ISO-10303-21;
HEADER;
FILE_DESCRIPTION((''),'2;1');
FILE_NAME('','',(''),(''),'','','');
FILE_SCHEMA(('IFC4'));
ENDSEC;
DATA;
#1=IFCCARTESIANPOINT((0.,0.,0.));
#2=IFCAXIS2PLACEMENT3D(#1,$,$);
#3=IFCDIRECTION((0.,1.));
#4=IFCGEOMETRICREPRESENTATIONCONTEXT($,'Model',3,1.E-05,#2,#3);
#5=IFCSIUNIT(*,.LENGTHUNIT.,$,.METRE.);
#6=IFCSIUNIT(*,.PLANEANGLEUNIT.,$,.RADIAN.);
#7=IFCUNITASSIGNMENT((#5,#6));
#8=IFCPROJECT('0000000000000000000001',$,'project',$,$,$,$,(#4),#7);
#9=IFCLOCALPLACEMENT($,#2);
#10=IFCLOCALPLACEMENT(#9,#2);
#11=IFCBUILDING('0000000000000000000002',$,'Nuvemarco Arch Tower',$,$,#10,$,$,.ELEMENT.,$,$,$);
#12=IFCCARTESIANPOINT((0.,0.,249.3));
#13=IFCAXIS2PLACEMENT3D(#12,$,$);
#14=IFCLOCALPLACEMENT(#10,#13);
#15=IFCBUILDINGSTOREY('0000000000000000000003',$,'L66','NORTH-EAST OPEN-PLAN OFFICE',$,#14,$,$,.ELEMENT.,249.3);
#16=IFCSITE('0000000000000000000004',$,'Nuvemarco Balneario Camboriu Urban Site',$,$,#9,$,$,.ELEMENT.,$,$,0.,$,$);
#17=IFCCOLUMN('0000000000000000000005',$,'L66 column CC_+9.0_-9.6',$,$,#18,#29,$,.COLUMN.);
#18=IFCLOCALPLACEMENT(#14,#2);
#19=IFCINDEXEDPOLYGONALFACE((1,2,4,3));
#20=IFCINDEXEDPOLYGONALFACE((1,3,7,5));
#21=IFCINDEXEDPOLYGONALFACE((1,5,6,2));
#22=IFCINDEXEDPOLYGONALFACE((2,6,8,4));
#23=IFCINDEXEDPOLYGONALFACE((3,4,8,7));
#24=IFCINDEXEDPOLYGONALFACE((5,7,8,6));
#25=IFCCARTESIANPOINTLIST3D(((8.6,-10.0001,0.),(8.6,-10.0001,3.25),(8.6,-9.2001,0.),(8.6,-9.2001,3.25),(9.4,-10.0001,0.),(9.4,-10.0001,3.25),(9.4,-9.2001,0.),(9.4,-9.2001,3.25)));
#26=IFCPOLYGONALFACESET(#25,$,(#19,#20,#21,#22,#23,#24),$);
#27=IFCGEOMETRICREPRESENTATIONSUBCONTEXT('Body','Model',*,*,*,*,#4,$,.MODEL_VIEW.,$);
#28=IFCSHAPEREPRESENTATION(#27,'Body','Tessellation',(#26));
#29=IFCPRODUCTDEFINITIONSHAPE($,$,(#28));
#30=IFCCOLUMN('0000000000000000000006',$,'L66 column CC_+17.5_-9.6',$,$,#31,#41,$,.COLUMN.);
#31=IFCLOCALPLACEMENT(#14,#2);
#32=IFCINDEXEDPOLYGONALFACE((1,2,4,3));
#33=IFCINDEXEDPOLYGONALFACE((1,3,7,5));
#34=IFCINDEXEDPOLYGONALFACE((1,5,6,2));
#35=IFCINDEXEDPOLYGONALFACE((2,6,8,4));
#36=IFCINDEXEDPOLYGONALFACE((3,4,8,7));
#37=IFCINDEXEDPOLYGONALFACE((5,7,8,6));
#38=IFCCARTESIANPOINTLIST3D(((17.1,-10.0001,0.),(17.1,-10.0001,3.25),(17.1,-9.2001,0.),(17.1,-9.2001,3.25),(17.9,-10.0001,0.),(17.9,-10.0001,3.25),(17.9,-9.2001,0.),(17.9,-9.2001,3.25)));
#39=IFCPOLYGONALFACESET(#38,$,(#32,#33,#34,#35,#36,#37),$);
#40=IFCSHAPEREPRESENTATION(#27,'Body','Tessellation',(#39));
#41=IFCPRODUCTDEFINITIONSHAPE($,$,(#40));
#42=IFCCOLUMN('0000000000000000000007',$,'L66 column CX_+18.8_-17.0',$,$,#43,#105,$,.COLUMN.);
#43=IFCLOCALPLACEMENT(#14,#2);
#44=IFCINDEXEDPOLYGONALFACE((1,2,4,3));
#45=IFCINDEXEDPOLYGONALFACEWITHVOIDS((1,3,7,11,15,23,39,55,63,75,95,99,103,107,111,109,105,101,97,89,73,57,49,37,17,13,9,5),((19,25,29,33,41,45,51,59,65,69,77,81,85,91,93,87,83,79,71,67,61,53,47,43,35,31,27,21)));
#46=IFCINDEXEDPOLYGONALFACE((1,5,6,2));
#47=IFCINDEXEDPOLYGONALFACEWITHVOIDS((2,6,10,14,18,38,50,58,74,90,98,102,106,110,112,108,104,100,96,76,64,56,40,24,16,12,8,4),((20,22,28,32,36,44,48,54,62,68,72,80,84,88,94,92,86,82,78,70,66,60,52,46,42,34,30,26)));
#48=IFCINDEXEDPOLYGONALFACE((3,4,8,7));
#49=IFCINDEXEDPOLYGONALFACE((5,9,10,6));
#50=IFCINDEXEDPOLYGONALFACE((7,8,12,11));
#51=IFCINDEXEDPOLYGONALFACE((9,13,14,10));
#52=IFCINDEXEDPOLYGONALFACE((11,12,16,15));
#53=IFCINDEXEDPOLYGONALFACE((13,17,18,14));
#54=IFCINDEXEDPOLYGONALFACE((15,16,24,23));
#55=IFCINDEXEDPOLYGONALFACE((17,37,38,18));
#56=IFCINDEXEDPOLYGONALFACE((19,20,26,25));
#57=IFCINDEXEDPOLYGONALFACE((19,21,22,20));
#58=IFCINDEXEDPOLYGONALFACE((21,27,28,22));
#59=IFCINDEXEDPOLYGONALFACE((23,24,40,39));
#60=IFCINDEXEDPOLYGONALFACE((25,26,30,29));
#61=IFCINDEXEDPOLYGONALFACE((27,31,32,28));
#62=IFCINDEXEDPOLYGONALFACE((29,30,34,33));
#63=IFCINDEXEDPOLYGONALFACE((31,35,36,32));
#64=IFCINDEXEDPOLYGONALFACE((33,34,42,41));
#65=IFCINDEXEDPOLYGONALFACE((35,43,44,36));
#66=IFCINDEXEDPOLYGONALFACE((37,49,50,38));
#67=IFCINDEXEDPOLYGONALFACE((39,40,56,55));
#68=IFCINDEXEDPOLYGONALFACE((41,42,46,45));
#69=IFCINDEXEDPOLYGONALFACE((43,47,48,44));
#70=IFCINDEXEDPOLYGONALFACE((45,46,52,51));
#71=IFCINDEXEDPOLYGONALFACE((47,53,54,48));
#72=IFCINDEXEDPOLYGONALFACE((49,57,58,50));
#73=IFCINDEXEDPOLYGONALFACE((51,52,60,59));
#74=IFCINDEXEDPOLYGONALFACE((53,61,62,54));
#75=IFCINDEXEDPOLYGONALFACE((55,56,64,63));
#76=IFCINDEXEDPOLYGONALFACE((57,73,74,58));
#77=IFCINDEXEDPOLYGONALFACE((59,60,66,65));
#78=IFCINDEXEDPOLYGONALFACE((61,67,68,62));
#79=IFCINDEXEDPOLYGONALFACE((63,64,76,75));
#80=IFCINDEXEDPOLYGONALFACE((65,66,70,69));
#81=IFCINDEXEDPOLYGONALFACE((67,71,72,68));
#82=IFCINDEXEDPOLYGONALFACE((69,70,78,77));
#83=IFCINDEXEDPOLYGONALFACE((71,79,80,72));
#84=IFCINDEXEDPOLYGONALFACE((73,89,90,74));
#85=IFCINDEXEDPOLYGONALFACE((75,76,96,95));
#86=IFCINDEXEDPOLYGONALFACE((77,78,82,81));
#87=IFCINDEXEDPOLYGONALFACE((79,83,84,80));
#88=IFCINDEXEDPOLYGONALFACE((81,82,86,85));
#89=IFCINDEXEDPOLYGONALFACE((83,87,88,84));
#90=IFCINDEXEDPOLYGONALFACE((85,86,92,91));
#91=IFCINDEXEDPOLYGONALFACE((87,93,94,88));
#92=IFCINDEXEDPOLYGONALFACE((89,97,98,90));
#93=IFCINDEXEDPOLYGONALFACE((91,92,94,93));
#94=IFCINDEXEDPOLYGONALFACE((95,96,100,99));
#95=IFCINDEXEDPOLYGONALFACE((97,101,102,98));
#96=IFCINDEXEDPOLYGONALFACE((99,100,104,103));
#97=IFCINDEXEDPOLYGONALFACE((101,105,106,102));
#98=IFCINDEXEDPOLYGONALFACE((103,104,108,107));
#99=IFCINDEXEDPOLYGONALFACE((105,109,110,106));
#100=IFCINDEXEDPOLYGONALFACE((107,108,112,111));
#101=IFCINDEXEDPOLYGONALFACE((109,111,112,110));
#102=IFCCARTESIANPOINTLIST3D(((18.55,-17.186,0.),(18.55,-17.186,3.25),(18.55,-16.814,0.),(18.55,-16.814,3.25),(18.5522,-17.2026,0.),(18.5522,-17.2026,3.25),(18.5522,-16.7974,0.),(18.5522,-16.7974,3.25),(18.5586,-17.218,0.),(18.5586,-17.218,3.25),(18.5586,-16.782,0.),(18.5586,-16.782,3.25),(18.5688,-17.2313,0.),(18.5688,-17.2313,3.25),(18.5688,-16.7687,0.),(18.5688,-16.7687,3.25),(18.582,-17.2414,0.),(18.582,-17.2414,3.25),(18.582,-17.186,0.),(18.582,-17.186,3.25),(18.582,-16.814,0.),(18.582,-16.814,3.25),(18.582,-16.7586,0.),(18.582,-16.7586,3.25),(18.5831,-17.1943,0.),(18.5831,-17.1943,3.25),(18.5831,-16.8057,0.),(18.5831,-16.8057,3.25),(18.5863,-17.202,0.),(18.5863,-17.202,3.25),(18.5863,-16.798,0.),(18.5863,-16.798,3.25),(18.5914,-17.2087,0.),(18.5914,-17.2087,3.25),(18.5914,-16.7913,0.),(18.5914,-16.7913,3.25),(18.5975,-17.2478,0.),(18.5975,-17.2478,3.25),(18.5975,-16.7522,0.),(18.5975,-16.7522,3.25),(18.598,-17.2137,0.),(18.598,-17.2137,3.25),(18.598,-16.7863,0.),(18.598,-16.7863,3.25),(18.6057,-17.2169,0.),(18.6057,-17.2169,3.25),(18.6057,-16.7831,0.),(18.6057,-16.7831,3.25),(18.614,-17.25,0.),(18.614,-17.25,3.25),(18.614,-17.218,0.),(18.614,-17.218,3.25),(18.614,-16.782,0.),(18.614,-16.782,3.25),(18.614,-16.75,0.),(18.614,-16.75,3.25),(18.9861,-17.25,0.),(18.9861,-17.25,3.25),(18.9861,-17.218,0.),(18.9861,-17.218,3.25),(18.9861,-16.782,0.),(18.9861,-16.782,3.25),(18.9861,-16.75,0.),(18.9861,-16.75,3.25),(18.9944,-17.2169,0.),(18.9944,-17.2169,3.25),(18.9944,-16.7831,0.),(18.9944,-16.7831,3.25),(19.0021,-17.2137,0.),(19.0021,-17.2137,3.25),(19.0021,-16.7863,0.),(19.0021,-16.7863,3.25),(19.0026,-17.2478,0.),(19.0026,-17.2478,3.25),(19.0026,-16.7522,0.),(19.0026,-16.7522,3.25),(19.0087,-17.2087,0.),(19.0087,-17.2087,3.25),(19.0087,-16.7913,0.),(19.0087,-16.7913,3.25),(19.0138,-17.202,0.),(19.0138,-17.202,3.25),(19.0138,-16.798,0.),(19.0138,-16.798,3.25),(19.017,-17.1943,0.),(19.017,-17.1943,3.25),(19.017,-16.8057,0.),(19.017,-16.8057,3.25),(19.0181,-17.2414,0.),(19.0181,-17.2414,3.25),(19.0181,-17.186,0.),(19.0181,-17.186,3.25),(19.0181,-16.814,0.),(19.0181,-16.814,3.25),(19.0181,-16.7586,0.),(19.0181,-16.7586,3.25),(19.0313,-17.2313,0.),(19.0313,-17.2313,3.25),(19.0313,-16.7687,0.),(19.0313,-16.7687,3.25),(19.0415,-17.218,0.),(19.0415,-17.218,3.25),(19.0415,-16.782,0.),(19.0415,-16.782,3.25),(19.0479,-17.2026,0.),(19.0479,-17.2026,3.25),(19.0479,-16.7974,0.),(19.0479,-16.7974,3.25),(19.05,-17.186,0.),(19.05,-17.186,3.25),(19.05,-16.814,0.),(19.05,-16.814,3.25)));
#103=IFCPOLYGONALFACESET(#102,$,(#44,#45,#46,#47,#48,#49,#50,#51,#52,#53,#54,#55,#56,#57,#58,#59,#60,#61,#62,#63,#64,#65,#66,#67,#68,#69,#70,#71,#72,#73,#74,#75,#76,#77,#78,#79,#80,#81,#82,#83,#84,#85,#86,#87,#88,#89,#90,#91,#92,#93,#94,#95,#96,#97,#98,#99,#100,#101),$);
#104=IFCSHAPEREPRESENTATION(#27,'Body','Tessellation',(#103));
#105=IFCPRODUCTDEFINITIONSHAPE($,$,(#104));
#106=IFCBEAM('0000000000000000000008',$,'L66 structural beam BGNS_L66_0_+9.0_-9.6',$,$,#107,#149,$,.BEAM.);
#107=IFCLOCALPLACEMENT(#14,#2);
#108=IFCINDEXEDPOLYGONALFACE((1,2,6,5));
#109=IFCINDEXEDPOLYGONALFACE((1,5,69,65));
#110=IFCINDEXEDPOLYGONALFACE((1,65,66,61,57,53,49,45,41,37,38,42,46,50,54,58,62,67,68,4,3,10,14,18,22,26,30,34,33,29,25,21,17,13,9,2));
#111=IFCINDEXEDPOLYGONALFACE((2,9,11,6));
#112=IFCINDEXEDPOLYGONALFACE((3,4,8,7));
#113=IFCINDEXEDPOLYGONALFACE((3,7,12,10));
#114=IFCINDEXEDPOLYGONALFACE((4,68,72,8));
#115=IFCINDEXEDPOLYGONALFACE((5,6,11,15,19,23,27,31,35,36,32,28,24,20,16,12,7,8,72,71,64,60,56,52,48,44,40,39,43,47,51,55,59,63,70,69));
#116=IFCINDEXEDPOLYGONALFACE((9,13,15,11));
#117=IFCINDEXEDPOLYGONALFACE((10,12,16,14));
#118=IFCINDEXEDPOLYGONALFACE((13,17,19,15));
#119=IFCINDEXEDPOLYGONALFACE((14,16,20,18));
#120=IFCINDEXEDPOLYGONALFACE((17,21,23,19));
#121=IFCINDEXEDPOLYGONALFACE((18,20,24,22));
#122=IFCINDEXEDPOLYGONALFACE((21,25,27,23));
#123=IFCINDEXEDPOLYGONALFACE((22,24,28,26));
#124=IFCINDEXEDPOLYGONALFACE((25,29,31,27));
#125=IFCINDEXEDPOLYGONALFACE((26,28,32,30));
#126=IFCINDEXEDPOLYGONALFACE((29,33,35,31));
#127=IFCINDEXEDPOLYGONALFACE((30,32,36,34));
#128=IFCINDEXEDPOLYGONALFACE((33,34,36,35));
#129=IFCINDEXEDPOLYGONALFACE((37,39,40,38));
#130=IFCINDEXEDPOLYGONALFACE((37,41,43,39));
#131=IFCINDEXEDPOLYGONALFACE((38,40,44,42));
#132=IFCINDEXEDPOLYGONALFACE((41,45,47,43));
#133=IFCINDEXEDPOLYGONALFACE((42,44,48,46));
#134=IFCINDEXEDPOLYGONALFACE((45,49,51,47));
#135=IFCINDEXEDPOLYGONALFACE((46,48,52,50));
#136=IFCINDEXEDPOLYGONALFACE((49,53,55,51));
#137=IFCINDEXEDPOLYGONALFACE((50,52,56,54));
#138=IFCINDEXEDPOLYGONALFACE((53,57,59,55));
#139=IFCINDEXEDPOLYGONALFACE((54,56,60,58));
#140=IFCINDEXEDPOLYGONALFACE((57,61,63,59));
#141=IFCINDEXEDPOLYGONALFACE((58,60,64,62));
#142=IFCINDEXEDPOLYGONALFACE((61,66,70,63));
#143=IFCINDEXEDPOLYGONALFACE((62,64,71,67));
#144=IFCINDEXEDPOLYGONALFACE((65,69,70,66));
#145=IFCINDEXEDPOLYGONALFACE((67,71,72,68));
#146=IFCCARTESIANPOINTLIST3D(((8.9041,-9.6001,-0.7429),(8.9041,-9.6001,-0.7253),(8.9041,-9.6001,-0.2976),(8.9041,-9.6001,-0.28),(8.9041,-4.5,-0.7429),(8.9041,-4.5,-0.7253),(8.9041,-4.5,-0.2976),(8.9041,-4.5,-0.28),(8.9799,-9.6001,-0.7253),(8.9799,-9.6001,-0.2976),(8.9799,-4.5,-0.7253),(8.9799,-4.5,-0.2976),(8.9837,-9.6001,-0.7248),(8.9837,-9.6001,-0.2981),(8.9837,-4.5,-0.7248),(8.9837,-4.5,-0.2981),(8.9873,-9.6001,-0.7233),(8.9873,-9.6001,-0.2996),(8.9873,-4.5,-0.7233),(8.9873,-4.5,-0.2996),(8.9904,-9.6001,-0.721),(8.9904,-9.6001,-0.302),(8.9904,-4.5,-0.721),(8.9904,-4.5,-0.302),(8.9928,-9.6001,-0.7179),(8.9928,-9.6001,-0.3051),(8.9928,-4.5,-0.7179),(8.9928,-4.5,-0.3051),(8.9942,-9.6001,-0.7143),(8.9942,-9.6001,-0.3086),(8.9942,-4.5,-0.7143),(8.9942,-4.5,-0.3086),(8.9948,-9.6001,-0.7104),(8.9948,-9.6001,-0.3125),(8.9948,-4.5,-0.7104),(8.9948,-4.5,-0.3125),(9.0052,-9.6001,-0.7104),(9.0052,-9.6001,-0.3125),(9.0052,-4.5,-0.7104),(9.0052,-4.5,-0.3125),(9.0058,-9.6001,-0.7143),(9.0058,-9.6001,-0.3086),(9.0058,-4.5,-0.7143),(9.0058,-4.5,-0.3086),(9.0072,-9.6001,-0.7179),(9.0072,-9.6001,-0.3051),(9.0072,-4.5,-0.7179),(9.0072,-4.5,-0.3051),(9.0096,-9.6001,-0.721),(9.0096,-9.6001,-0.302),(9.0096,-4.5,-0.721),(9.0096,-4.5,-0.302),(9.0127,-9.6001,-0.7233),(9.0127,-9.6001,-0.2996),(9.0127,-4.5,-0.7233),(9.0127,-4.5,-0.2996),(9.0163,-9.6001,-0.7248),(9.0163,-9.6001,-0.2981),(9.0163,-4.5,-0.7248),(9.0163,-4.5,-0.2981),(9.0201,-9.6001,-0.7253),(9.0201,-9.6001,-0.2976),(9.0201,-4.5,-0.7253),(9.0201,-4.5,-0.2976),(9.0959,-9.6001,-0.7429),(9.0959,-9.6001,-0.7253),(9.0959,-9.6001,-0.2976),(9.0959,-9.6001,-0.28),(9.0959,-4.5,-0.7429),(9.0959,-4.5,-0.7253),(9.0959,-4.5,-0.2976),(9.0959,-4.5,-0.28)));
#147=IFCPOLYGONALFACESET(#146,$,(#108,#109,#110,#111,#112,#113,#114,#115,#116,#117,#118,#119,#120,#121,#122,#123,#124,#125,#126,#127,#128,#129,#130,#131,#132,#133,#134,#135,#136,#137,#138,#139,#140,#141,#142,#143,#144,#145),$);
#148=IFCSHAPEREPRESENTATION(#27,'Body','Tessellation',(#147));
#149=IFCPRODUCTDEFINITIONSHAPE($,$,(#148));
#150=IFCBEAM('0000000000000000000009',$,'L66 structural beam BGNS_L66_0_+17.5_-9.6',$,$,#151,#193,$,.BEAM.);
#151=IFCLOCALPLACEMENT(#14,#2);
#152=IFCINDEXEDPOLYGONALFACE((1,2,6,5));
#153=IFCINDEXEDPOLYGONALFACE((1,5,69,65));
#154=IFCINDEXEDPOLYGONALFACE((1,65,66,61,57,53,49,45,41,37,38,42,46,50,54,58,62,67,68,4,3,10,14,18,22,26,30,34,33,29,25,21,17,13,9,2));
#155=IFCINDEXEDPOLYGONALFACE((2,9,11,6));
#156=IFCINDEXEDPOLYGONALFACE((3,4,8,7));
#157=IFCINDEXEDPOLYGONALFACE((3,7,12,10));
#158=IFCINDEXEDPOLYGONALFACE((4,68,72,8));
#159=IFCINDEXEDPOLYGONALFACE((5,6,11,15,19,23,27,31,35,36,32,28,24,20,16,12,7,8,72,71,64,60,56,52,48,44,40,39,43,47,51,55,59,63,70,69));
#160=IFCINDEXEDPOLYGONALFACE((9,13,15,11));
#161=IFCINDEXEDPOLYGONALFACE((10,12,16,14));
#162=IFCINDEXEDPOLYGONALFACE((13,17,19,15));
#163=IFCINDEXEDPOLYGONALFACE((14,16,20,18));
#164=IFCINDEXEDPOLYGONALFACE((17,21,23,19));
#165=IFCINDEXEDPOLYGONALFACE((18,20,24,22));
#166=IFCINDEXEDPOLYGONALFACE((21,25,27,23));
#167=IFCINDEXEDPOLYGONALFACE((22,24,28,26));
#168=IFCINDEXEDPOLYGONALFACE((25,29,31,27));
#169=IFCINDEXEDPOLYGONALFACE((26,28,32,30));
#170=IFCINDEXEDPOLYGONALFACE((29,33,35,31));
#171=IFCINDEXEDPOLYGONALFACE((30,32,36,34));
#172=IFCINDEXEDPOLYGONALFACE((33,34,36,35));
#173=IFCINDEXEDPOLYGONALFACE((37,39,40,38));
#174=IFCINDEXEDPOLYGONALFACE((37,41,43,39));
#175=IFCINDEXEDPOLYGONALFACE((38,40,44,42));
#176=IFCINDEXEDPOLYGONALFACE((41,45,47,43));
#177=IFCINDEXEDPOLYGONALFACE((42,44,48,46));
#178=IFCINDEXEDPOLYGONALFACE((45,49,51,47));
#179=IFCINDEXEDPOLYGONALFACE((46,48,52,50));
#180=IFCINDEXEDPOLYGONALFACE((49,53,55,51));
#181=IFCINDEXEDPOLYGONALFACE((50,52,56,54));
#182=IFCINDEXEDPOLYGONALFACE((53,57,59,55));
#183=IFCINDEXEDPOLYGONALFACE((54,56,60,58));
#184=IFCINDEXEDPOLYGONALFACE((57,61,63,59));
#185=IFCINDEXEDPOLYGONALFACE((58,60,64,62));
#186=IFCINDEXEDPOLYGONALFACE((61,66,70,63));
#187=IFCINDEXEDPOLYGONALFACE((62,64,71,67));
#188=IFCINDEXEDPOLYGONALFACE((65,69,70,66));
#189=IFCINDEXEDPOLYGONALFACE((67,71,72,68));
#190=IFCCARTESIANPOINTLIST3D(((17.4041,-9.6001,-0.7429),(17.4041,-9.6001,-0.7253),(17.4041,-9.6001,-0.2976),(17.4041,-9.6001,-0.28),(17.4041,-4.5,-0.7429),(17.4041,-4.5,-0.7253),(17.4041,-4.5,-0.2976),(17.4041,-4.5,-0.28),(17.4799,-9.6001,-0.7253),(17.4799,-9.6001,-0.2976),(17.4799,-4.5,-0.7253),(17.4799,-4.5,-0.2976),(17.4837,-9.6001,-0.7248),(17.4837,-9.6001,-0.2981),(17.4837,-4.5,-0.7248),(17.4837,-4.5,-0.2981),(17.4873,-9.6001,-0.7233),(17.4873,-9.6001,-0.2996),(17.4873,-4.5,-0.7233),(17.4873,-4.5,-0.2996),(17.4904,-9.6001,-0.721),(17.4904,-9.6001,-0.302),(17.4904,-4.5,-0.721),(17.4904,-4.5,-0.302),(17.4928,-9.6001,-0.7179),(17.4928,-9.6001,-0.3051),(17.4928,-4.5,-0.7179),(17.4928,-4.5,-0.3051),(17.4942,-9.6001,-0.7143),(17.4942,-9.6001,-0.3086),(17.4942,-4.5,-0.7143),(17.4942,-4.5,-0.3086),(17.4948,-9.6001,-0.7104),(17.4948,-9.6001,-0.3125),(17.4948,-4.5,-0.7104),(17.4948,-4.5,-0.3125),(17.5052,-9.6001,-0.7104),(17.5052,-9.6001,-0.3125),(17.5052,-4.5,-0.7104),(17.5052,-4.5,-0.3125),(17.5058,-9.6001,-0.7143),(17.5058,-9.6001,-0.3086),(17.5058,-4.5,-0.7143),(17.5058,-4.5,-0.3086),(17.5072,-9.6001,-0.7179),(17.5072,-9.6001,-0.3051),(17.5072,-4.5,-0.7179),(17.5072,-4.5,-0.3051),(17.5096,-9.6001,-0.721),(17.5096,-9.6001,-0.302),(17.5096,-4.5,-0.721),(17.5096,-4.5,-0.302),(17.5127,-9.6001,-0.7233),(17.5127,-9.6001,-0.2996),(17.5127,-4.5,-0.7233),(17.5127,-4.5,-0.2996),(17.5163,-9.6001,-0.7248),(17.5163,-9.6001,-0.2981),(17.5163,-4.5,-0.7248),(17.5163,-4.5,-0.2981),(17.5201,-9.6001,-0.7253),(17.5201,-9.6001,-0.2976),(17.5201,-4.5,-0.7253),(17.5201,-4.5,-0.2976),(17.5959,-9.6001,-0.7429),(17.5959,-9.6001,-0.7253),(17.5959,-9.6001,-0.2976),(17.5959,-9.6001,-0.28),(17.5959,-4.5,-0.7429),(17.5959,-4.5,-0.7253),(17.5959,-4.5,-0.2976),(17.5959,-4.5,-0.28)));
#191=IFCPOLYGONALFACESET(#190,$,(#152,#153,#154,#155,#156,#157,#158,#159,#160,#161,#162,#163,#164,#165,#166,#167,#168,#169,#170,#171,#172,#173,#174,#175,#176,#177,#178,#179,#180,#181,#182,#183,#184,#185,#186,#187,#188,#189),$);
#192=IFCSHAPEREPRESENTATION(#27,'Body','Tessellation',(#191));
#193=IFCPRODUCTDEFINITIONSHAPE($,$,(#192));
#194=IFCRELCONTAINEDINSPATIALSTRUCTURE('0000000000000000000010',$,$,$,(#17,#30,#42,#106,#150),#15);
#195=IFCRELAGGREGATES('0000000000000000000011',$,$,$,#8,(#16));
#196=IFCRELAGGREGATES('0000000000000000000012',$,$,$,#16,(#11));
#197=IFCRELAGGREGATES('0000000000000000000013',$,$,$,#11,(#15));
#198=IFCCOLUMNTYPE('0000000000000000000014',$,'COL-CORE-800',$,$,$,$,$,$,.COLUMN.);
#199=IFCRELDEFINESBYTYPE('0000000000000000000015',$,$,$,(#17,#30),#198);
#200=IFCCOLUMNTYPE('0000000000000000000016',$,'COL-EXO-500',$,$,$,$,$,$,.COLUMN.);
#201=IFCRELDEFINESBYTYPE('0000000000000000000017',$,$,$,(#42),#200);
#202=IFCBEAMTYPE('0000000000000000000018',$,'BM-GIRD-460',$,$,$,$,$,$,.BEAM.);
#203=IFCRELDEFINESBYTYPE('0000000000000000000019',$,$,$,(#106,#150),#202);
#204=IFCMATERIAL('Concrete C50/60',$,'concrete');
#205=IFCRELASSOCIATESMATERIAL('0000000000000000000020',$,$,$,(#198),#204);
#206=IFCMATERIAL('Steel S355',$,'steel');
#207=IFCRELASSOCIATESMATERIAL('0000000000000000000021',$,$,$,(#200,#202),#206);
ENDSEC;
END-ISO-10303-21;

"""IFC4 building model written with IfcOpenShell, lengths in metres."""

from ifc_helpers import new_model, si_unit, direction, frame, origin, origin_2d, place, context, subcontext, project, spatial, rectangle, hollow_rectangle, i_section, extrude, material, material_profile, profile_set, type_object, element, save


model = new_model("IFC4")

# Units and contexts
model_context = context("Model", 3, precision=1e-05, world=origin(), true_north=direction((0.0, 1.0)))
body_context = subcontext(model_context, "Body", "Model", "MODEL_VIEW")
ifc_project = project(units=[si_unit("LENGTHUNIT", "METRE"), si_unit("PLANEANGLEUNIT", "RADIAN")], contexts=[model_context])

# Site, building, storey
site_placement = place(None, origin())
site = spatial("IfcSite", under=ifc_project, at=site_placement, Name="Nuvemarco Balneario Camboriu Urban Site", CompositionType="ELEMENT", RefElevation=0.0)
building_placement = place(site_placement, origin())
building = spatial("IfcBuilding", under=site, at=building_placement, Name="Nuvemarco Arch Tower", CompositionType="ELEMENT")
storey_placement = place(building_placement, frame((0.0, 0.0, 249.3)))
storey = spatial("IfcBuildingStorey", under=building, at=storey_placement, Name="L66", Description="NORTH-EAST OPEN-PLAN OFFICE", CompositionType="ELEMENT", Elevation=249.3)

# Columns
ifc_material_1 = material(Name="Concrete C50/60", Category="concrete")
ifc_material_profile_1 = material_profile(ifc_material_1, rectangle(XDim=0.8, YDim=0.8, at=origin_2d()), Name="RC-COL-800x800")
ifc_profile_set_1 = profile_set([ifc_material_profile_1], Name="Concrete C50/60")
column_type_1 = type_object("IfcColumnType", Name="COL-CORE-800", PredefinedType="COLUMN", material=ifc_profile_set_1)
for number, where, z_axis, x_axis, name in (
    (1, (9.0, -9.6001, 0.0), (0.0, 0.0, 1.0), (1.0, 0.0, 0.0), "L66 column CC_+9.0_-9.6"),
    (2, (17.5, -9.6001, 0.0), (0.0, 0.0, 1.0), (1.0, 0.0, 0.0), "L66 column CC_+17.5_-9.6"),
):
    element("IfcColumn", number, at=place(storey_placement, frame(where, z_axis=z_axis, x_axis=x_axis)), inside=storey, type_object=column_type_1, Name=name, PredefinedType="COLUMN", context=body_context, shape_type="SweptSolid", body=[
        extrude(rectangle(XDim=0.8, YDim=0.8, at=origin_2d()), origin(), (0.0, 0.0, 1.0), 3.25),
    ])
ifc_material_2 = material(Name="Steel S355", Category="steel")
ifc_material_profile_2 = material_profile(ifc_material_2, hollow_rectangle(XDim=0.5, YDim=0.5, WallThickness=0.032, InnerFilletRadius=0.032, OuterFilletRadius=0.064, at=origin_2d()), Name="SHS500x500x32")
ifc_profile_set_2 = profile_set([ifc_material_profile_2], Name="Steel S355")
column_type_2 = type_object("IfcColumnType", Name="COL-EXO-500", PredefinedType="COLUMN", material=ifc_profile_set_2)
column_placement = place(storey_placement, frame((18.8, -17.0, 0.0), z_axis=(0.0, 0.0, 1.0), x_axis=(1.0, 0.0, 0.0)))
element("IfcColumn", 3, at=column_placement, inside=storey, type_object=column_type_2, Name="L66 column CX_+18.8_-17.0", PredefinedType="COLUMN", context=body_context, shape_type="SweptSolid", body=[
    extrude(hollow_rectangle(XDim=0.5, YDim=0.5, WallThickness=0.032, InnerFilletRadius=0.032, OuterFilletRadius=0.064, at=origin_2d()), origin(), (0.0, 0.0, 1.0), 3.25),
])

# Beams
ifc_material_profile_3 = material_profile(ifc_material_2, i_section(OverallWidth=0.1919, OverallDepth=0.4629, WebThickness=0.0105, FlangeThickness=0.0176, FilletRadius=0.0149, at=origin_2d()), Name="W460x89")
ifc_profile_set_3 = profile_set([ifc_material_profile_3], Name="Steel S355")
beam_type_1 = type_object("IfcBeamType", Name="BM-GIRD-460", PredefinedType="BEAM", material=ifc_profile_set_3)
for number, where, z_axis, x_axis, name in (
    (4, (9.0, -9.6001, -0.5115), (0.0, 1.0, 0.0), (-1.0, 0.0, 0.0), "L66 structural beam BGNS_L66_0_+9.0_-9.6"),
    (5, (17.5, -9.6001, -0.5115), (0.0, 1.0, 0.0), (-1.0, 0.0, 0.0), "L66 structural beam BGNS_L66_0_+17.5_-9.6"),
):
    element("IfcBeam", number, at=place(storey_placement, frame(where, z_axis=z_axis, x_axis=x_axis)), inside=storey, type_object=beam_type_1, Name=name, PredefinedType="BEAM", context=body_context, shape_type="SweptSolid", body=[
        extrude(i_section(OverallWidth=0.1919, OverallDepth=0.4629, WebThickness=0.0105, FlangeThickness=0.0176, FilletRadius=0.0149, at=origin_2d()), origin(), (0.0, 0.0, 1.0), 5.1001),
    ])

save(model, "model.ifc")
